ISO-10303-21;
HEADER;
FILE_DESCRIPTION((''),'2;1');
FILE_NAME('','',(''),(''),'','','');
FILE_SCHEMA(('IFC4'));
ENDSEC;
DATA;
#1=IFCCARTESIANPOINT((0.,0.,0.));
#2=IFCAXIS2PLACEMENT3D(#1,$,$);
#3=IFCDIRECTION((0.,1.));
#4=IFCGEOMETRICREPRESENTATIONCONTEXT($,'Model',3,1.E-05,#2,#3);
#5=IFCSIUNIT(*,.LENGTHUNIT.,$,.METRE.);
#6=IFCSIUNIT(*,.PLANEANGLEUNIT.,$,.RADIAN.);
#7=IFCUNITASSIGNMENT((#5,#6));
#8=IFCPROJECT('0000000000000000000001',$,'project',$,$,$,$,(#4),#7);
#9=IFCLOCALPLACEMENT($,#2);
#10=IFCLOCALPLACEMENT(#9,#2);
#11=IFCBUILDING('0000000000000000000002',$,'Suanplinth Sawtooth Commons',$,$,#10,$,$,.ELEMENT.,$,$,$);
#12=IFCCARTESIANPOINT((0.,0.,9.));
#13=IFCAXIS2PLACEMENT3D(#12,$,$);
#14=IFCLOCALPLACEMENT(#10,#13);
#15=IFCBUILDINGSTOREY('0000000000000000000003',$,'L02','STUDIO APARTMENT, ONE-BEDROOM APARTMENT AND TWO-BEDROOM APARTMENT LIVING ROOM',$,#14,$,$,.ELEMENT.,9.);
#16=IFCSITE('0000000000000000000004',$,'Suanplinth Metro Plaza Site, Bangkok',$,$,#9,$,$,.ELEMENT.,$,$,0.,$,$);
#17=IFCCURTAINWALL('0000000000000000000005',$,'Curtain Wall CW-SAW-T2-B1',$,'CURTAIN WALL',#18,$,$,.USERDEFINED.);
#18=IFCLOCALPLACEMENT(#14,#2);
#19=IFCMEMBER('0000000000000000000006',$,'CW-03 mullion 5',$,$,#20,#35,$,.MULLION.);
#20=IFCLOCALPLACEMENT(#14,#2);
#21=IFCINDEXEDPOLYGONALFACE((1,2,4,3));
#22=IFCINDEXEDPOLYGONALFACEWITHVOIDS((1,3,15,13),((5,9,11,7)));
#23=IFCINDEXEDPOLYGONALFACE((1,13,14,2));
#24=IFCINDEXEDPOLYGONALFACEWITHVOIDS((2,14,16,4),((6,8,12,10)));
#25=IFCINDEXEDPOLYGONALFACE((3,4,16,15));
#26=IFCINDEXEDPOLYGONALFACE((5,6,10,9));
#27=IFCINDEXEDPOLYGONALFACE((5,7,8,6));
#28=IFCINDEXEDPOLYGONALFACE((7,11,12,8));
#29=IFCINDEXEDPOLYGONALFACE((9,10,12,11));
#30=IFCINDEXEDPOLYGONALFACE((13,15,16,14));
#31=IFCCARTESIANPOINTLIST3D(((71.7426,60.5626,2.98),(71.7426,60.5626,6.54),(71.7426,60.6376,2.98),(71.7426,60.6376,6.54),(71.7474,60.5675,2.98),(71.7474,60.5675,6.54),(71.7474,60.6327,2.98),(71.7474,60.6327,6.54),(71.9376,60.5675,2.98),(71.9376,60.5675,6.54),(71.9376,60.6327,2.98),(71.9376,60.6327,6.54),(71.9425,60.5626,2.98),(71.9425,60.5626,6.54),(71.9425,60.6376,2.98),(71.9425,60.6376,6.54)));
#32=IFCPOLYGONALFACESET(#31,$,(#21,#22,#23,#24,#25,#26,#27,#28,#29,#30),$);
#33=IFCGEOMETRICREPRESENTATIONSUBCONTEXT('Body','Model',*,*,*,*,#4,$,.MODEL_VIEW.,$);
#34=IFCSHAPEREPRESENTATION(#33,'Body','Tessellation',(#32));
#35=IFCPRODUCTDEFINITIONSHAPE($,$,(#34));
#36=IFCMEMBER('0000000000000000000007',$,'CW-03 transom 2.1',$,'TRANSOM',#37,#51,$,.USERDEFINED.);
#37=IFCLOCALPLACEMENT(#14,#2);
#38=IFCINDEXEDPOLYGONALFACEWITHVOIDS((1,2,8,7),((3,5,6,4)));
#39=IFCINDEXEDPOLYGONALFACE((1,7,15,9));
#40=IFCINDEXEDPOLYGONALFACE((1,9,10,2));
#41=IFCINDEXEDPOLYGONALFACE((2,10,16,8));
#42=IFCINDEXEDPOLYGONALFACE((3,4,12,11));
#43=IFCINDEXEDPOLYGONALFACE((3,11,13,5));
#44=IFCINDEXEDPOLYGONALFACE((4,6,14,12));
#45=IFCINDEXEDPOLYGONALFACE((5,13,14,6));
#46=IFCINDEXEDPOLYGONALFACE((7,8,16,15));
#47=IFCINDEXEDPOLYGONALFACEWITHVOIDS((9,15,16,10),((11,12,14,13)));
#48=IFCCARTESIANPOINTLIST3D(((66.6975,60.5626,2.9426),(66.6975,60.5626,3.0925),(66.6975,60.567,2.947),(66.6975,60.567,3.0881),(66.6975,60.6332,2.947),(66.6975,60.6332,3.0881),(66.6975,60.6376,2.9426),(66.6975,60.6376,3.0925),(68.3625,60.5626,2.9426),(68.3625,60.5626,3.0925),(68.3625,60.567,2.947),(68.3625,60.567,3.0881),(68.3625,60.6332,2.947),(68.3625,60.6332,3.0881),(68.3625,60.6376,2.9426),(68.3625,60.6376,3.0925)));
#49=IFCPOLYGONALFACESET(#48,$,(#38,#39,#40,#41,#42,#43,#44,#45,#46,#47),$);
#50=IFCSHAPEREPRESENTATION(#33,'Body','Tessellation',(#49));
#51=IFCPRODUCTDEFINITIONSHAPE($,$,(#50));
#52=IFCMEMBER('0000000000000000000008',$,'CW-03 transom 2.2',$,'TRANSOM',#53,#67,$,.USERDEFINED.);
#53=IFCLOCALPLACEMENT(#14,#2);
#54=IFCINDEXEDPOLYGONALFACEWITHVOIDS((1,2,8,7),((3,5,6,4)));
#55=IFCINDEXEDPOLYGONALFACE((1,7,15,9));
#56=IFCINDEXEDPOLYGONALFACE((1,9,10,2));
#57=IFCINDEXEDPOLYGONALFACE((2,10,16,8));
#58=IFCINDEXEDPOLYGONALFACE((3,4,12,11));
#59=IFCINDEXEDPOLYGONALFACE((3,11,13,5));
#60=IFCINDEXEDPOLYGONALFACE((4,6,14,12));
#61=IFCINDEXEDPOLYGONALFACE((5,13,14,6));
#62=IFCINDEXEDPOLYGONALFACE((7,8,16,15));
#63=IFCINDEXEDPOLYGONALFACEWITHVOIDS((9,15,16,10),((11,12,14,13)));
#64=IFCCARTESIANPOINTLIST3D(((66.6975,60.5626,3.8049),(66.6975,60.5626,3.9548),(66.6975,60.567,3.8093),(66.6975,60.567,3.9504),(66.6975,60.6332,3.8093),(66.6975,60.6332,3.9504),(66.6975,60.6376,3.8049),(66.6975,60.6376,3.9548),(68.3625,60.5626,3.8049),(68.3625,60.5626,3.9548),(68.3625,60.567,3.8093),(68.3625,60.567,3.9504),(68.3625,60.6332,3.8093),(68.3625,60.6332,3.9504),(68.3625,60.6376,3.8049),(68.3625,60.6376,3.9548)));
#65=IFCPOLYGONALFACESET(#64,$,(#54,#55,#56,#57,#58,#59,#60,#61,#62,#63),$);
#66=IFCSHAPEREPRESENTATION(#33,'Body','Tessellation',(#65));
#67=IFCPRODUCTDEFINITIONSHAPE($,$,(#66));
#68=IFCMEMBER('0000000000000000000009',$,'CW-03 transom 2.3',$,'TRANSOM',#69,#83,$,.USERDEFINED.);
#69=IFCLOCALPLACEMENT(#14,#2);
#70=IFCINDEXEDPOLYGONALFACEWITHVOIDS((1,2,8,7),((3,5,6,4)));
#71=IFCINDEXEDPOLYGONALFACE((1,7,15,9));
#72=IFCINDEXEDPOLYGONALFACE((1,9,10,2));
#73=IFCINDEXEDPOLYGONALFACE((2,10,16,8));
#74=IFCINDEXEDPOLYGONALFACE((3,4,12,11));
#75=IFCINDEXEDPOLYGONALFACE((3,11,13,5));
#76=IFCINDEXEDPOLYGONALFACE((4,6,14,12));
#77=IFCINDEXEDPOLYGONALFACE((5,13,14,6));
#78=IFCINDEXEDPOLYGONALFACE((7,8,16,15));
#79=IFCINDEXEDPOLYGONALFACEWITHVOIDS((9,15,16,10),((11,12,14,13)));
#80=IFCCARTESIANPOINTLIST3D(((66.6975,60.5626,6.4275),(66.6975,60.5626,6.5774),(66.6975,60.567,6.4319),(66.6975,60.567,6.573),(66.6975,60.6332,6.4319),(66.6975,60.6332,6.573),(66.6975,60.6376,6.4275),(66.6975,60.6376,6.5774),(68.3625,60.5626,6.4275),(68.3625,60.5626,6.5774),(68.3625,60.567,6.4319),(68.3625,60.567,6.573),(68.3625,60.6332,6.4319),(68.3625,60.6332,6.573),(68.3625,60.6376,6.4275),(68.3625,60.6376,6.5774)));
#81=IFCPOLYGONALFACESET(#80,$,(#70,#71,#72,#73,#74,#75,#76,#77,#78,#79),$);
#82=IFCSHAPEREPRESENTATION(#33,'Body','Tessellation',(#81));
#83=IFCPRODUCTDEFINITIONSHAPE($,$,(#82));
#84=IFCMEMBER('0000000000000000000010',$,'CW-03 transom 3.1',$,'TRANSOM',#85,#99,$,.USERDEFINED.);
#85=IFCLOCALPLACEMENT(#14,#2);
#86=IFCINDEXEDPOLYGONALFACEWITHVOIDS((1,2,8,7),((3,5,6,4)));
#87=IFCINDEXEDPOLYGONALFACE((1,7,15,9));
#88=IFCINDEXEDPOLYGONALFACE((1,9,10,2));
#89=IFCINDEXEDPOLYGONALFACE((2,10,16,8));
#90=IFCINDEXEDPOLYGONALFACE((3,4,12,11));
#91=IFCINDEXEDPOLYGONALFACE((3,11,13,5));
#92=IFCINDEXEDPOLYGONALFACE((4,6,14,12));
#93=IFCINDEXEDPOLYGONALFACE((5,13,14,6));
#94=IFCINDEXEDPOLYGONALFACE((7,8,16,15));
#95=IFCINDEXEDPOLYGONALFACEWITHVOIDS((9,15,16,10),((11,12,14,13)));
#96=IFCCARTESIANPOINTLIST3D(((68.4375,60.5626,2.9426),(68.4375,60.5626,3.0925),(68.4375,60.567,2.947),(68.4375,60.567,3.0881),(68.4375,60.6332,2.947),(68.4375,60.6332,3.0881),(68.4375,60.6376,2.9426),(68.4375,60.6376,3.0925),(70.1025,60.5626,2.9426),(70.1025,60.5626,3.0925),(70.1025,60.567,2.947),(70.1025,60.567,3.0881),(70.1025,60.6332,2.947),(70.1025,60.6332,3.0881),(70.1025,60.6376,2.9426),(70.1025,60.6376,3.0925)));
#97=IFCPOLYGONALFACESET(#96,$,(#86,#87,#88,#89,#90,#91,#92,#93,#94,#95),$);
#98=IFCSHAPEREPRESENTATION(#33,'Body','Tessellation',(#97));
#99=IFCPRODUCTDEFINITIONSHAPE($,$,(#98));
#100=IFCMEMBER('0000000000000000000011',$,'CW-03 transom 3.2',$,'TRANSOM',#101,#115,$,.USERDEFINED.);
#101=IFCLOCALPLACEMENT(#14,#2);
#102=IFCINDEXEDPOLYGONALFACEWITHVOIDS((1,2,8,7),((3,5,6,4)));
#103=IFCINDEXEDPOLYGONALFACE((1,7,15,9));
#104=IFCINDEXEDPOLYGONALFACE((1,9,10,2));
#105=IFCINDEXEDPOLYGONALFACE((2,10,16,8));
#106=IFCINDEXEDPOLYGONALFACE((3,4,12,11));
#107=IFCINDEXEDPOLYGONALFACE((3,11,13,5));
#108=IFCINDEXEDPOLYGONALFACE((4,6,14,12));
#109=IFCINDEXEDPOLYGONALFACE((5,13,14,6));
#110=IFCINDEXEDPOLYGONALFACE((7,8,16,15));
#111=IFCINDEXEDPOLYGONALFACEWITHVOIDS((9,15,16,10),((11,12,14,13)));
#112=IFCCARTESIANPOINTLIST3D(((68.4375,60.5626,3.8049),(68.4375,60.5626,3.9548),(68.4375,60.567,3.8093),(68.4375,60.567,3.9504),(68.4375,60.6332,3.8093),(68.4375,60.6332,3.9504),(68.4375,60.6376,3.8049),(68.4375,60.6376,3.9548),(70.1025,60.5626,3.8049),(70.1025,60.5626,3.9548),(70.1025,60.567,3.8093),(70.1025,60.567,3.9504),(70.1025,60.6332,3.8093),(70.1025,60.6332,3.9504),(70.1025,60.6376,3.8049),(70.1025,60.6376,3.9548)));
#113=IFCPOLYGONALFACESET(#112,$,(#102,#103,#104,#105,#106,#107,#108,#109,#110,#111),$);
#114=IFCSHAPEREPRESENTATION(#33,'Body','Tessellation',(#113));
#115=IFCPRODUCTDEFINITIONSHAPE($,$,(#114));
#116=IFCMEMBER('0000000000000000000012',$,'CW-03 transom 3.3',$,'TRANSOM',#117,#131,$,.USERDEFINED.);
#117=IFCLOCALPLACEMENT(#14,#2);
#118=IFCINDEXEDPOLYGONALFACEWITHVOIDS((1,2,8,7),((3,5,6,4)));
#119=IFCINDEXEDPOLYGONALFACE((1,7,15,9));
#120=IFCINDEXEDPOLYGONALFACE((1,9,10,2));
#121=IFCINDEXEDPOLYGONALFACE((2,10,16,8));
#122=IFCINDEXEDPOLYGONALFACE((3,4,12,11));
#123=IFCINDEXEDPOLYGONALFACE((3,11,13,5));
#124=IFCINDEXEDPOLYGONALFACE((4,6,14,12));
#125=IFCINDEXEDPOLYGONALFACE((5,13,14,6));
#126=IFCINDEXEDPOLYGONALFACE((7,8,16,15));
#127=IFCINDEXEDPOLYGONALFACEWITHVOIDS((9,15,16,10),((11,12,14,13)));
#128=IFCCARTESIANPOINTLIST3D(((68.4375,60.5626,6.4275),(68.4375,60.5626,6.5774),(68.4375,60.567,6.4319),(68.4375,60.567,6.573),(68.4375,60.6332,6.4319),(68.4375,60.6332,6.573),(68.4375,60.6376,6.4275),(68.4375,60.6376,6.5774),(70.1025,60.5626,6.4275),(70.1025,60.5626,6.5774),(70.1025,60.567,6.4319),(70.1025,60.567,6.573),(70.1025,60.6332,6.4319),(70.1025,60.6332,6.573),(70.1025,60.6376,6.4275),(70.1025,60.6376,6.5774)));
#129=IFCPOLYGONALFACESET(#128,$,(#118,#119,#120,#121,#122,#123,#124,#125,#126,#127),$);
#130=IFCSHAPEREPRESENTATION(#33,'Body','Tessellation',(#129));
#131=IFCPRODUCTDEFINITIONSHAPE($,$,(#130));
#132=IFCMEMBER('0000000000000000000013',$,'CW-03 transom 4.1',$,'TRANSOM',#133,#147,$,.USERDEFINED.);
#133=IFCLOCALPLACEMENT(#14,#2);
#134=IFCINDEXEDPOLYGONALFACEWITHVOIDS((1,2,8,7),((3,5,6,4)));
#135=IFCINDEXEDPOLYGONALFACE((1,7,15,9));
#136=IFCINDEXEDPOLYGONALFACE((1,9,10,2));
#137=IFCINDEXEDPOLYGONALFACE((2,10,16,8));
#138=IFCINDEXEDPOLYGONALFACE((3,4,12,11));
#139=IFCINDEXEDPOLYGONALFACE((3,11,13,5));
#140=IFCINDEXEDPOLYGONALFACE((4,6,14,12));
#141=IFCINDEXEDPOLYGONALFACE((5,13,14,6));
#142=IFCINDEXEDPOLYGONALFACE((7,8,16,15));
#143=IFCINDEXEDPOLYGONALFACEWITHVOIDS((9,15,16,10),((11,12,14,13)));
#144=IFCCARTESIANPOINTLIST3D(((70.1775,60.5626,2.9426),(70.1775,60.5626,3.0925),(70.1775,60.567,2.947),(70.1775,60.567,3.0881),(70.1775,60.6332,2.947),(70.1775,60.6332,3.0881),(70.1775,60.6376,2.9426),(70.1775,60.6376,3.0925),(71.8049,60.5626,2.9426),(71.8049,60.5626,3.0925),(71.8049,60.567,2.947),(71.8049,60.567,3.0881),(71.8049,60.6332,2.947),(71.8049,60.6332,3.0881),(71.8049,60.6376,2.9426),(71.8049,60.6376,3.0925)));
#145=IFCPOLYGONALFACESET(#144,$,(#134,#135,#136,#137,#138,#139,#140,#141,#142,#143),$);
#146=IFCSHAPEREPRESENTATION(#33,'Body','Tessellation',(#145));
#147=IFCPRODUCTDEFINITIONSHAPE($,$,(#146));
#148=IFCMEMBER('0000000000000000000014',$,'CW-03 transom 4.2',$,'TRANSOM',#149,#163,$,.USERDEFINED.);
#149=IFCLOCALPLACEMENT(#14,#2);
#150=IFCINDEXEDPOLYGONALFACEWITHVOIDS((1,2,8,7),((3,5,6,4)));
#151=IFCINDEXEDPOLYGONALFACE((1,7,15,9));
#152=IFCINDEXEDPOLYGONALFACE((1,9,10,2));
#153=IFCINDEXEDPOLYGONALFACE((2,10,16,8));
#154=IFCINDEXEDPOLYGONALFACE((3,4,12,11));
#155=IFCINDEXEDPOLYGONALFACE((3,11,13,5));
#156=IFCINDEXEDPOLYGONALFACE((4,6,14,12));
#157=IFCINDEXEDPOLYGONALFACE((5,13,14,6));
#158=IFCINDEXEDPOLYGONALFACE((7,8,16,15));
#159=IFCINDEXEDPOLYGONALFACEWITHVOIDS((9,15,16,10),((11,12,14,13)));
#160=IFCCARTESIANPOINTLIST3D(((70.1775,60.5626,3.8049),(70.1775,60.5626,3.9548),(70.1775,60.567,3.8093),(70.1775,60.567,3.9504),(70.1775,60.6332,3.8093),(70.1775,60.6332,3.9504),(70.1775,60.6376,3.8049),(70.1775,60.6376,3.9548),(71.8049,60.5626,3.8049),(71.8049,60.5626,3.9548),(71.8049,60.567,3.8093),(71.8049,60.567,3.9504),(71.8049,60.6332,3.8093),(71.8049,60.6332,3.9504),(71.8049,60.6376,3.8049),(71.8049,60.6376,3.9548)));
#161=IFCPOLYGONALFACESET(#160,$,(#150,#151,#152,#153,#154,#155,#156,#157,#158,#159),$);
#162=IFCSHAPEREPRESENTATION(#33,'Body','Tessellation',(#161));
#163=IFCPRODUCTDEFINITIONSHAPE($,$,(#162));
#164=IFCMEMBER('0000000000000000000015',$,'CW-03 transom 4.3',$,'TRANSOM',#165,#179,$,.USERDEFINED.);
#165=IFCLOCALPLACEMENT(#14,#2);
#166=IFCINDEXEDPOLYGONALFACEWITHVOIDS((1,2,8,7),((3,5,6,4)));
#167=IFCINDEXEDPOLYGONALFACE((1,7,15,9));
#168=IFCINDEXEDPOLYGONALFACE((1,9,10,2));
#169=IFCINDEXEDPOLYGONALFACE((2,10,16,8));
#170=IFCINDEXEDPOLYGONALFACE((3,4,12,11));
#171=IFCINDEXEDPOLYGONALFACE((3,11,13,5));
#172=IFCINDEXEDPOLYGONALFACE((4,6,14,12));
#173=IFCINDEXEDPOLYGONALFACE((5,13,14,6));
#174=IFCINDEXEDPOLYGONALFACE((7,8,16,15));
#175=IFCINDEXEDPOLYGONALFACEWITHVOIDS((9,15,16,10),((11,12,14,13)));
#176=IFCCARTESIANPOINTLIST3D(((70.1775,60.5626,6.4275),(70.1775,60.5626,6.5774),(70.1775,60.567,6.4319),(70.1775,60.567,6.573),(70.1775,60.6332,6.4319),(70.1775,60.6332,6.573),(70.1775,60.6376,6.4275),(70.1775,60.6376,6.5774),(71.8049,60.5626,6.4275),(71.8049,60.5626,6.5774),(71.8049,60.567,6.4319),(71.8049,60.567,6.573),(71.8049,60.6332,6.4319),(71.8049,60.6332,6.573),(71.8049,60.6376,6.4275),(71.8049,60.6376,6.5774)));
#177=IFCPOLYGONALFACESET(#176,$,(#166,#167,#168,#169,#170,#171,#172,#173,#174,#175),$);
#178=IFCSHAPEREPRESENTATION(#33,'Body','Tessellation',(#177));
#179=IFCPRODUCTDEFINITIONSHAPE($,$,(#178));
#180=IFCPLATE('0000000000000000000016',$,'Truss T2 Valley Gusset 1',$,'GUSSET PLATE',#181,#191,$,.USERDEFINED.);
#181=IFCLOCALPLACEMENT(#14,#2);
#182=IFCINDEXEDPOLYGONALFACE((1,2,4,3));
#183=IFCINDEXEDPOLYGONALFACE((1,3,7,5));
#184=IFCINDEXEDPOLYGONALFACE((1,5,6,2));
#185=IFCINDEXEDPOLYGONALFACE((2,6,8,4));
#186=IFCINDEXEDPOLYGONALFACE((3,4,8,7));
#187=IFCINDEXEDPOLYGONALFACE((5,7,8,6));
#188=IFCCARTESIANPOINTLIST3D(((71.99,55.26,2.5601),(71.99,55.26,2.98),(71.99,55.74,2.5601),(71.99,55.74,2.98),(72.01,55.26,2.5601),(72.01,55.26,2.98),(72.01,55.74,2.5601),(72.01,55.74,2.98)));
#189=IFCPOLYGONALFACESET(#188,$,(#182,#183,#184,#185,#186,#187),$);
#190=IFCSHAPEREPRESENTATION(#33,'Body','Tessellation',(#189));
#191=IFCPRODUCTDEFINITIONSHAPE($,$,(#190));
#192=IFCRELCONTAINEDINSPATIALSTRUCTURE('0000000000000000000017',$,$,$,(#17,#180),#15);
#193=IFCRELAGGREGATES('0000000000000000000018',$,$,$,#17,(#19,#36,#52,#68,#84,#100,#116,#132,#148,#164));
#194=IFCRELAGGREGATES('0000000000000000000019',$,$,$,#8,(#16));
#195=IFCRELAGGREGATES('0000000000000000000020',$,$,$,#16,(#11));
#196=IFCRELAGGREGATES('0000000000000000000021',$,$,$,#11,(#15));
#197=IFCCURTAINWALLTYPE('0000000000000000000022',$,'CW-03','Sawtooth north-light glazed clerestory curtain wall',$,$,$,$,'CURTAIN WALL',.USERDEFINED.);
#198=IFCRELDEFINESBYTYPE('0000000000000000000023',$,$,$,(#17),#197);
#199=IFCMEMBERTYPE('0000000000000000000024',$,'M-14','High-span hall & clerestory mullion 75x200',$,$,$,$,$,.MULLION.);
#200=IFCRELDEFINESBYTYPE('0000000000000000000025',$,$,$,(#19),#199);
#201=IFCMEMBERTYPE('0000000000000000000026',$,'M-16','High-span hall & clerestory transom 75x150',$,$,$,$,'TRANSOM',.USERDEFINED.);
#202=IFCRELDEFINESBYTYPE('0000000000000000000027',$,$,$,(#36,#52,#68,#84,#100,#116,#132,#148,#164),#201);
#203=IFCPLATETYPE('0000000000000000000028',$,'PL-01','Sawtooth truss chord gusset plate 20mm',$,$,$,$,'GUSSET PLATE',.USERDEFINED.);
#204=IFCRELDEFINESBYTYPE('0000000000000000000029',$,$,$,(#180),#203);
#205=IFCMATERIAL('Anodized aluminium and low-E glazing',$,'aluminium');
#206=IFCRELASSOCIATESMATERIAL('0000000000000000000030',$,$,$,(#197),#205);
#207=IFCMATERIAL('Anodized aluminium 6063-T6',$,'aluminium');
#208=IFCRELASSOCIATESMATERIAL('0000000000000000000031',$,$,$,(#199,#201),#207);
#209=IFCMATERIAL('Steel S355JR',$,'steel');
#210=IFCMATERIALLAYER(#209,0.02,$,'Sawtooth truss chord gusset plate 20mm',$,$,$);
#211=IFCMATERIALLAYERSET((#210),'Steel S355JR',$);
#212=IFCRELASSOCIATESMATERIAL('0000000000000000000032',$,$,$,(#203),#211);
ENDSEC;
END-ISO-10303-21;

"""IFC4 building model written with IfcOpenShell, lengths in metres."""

from ifc_helpers import new_model, si_unit, direction, frame, origin, origin_2d, place, context, subcontext, project, spatial, rectangle, hollow_rectangle, extrude, material, layer, layer_set, material_profile, profile_set, type_object, element, aggregate, save


model = new_model("IFC4")

# Units and contexts
model_context = context("Model", 3, precision=1e-05, world=origin(), true_north=direction((0.0, 1.0)))
body_context = subcontext(model_context, "Body", "Model", "MODEL_VIEW")
ifc_project = project(units=[si_unit("LENGTHUNIT", "METRE"), si_unit("PLANEANGLEUNIT", "RADIAN")], contexts=[model_context])

# Site, building, storey
site_placement = place(None, origin())
site = spatial("IfcSite", under=ifc_project, at=site_placement, Name="Suanplinth Metro Plaza Site, Bangkok", CompositionType="ELEMENT", RefElevation=0.0)
building_placement = place(site_placement, origin())
building = spatial("IfcBuilding", under=site, at=building_placement, Name="Suanplinth Sawtooth Commons", CompositionType="ELEMENT")
storey_placement = place(building_placement, frame((0.0, 0.0, 9.0)))
storey = spatial("IfcBuildingStorey", under=building, at=storey_placement, Name="L02", Description="STUDIO APARTMENT, ONE-BEDROOM APARTMENT AND TWO-BEDROOM APARTMENT LIVING ROOM", CompositionType="ELEMENT", Elevation=9.0)

# Shared definitions
ifc_material_1 = material(Name="Steel S355JR", Category="steel")

# Shared definitions
ifc_material_2 = material(Name="Anodized aluminium and low-E glazing", Category="aluminium")
curtain_wall_type = type_object("IfcCurtainWallType", Name="CW-03", Description="Sawtooth north-light glazed clerestory curtain wall", ElementType="CURTAIN WALL", PredefinedType="USERDEFINED", material=ifc_material_2)
ifc_material_3 = material(Name="Anodized aluminium 6063-T6", Category="aluminium")
ifc_material_profile_1 = material_profile(ifc_material_3, hollow_rectangle(XDim=0.075, YDim=0.2, WallThickness=0.0049, at=origin_2d()), Name="ALU-MUL 75x200")
ifc_profile_set_1 = profile_set([ifc_material_profile_1], Name="Anodized aluminium 6063-T6")
member_type_1 = type_object("IfcMemberType", Name="M-14", Description="High-span hall & clerestory mullion 75x200", PredefinedType="MULLION", material=ifc_profile_set_1)

# Curtain wall, members
curtain_wall_1_placement = place(storey_placement, origin())
curtain_wall_1 = element("IfcCurtainWall", 1, at=curtain_wall_1_placement, inside=storey, type_object=curtain_wall_type, Name="Curtain Wall CW-SAW-T2-B1", ObjectType="CURTAIN WALL", PredefinedType="USERDEFINED")
member_1_placement = place(storey_placement, frame((71.8425, 60.6001, 2.98), z_axis=(0.0, 0.0, 1.0), x_axis=(0.0, 1.0, 0.0)))
member_1 = element("IfcMember", 2, at=member_1_placement, type_object=member_type_1, Name="CW-03 mullion 5", PredefinedType="MULLION", context=body_context, shape_type="SweptSolid", body=[
    extrude(hollow_rectangle(XDim=0.075, YDim=0.2, WallThickness=0.0049, at=origin_2d()), origin(), (0.0, 0.0, 1.0), 3.5601),
])
ifc_material_profile_2 = material_profile(ifc_material_3, hollow_rectangle(XDim=0.075, YDim=0.1499, WallThickness=0.0044, at=origin_2d()), Name="ALU-TRN 75x150")
ifc_profile_set_2 = profile_set([ifc_material_profile_2], Name="Anodized aluminium 6063-T6")
member_type_2 = type_object("IfcMemberType", Name="M-16", Description="High-span hall & clerestory transom 75x150", ElementType="TRANSOM", PredefinedType="USERDEFINED", material=ifc_profile_set_2)
member_2_placement = place(storey_placement, frame((66.6975, 60.6001, 3.0176), z_axis=(1.0, 0.0, 0.0), x_axis=(0.0, 1.0, 0.0)))
member_2 = element("IfcMember", 3, at=member_2_placement, type_object=member_type_2, Name="CW-03 transom 2.1", ObjectType="TRANSOM", PredefinedType="USERDEFINED", context=body_context, shape_type="SweptSolid", body=[
    extrude(hollow_rectangle(XDim=0.075, YDim=0.1499, WallThickness=0.0044, at=origin_2d()), origin(), (0.0, 0.0, 1.0), 1.665),
])
member_3_placement = place(storey_placement, frame((66.6975, 60.6001, 3.8799), z_axis=(1.0, 0.0, 0.0), x_axis=(0.0, 1.0, 0.0)))
member_3 = element("IfcMember", 4, at=member_3_placement, type_object=member_type_2, Name="CW-03 transom 2.2", ObjectType="TRANSOM", PredefinedType="USERDEFINED", context=body_context, shape_type="SweptSolid", body=[
    extrude(hollow_rectangle(XDim=0.075, YDim=0.1499, WallThickness=0.0044, at=origin_2d()), origin(), (0.0, 0.0, 1.0), 1.665),
])
member_4_placement = place(storey_placement, frame((66.6975, 60.6001, 6.5024), z_axis=(1.0, 0.0, 0.0), x_axis=(0.0, 1.0, 0.0)))
member_4 = element("IfcMember", 5, at=member_4_placement, type_object=member_type_2, Name="CW-03 transom 2.3", ObjectType="TRANSOM", PredefinedType="USERDEFINED", context=body_context, shape_type="SweptSolid", body=[
    extrude(hollow_rectangle(XDim=0.075, YDim=0.1499, WallThickness=0.0044, at=origin_2d()), origin(), (0.0, 0.0, 1.0), 1.665),
])
member_5_placement = place(storey_placement, frame((68.4375, 60.6001, 3.0176), z_axis=(1.0, 0.0, 0.0), x_axis=(0.0, 1.0, 0.0)))
member_5 = element("IfcMember", 6, at=member_5_placement, type_object=member_type_2, Name="CW-03 transom 3.1", ObjectType="TRANSOM", PredefinedType="USERDEFINED", context=body_context, shape_type="SweptSolid", body=[
    extrude(hollow_rectangle(XDim=0.075, YDim=0.1499, WallThickness=0.0044, at=origin_2d()), origin(), (0.0, 0.0, 1.0), 1.665),
])
member_6_placement = place(storey_placement, frame((68.4375, 60.6001, 3.8799), z_axis=(1.0, 0.0, 0.0), x_axis=(0.0, 1.0, 0.0)))
member_6 = element("IfcMember", 7, at=member_6_placement, type_object=member_type_2, Name="CW-03 transom 3.2", ObjectType="TRANSOM", PredefinedType="USERDEFINED", context=body_context, shape_type="SweptSolid", body=[
    extrude(hollow_rectangle(XDim=0.075, YDim=0.1499, WallThickness=0.0044, at=origin_2d()), origin(), (0.0, 0.0, 1.0), 1.665),
])
member_7_placement = place(storey_placement, frame((68.4375, 60.6001, 6.5024), z_axis=(1.0, 0.0, 0.0), x_axis=(0.0, 1.0, 0.0)))
member_7 = element("IfcMember", 8, at=member_7_placement, type_object=member_type_2, Name="CW-03 transom 3.3", ObjectType="TRANSOM", PredefinedType="USERDEFINED", context=body_context, shape_type="SweptSolid", body=[
    extrude(hollow_rectangle(XDim=0.075, YDim=0.1499, WallThickness=0.0044, at=origin_2d()), origin(), (0.0, 0.0, 1.0), 1.665),
])
member_8_placement = place(storey_placement, frame((70.1775, 60.6001, 3.0176), z_axis=(1.0, 0.0, 0.0), x_axis=(0.0, 1.0, 0.0)))
member_8 = element("IfcMember", 9, at=member_8_placement, type_object=member_type_2, Name="CW-03 transom 4.1", ObjectType="TRANSOM", PredefinedType="USERDEFINED", context=body_context, shape_type="SweptSolid", body=[
    extrude(hollow_rectangle(XDim=0.075, YDim=0.1499, WallThickness=0.0044, at=origin_2d()), origin(), (0.0, 0.0, 1.0), 1.6274),
])
member_9_placement = place(storey_placement, frame((70.1775, 60.6001, 3.8799), z_axis=(1.0, 0.0, 0.0), x_axis=(0.0, 1.0, 0.0)))
member_9 = element("IfcMember", 10, at=member_9_placement, type_object=member_type_2, Name="CW-03 transom 4.2", ObjectType="TRANSOM", PredefinedType="USERDEFINED", context=body_context, shape_type="SweptSolid", body=[
    extrude(hollow_rectangle(XDim=0.075, YDim=0.1499, WallThickness=0.0044, at=origin_2d()), origin(), (0.0, 0.0, 1.0), 1.6274),
])
member_10_placement = place(storey_placement, frame((70.1775, 60.6001, 6.5024), z_axis=(1.0, 0.0, 0.0), x_axis=(0.0, 1.0, 0.0)))
member_10 = element("IfcMember", 11, at=member_10_placement, type_object=member_type_2, Name="CW-03 transom 4.3", ObjectType="TRANSOM", PredefinedType="USERDEFINED", context=body_context, shape_type="SweptSolid", body=[
    extrude(hollow_rectangle(XDim=0.075, YDim=0.1499, WallThickness=0.0044, at=origin_2d()), origin(), (0.0, 0.0, 1.0), 1.6274),
])

# Plate
ifc_layer_1 = layer(ifc_material_1, 0.02, Name="Sawtooth truss chord gusset plate 20mm")
ifc_layer_set_1 = layer_set([ifc_layer_1], Name="Steel S355JR")
plate_type_1 = type_object("IfcPlateType", Name="PL-01", Description="Sawtooth truss chord gusset plate 20mm", ElementType="GUSSET PLATE", PredefinedType="USERDEFINED", material=ifc_layer_set_1)
for number, where, z_axis, x_axis, name in (
    (12, (72.0, 55.5, 2.5601), (0.0, 0.0, 1.0), (1.0, 0.0, 0.0), "Truss T2 Valley Gusset 1"),
):
    element("IfcPlate", number, at=place(storey_placement, frame(where, z_axis=z_axis, x_axis=x_axis)), inside=storey, type_object=plate_type_1, Name=name, ObjectType="GUSSET PLATE", PredefinedType="USERDEFINED", context=body_context, shape_type="SweptSolid", body=[
        extrude(rectangle(XDim=0.02, YDim=0.48, at=origin_2d()), origin(), (0.0, 0.0, 1.0), 0.4199),
    ])

aggregate(curtain_wall_1, [member_1, member_2, member_3, member_4, member_5, member_6, member_7, member_8, member_9, member_10])

save(model, "model.ifc")
